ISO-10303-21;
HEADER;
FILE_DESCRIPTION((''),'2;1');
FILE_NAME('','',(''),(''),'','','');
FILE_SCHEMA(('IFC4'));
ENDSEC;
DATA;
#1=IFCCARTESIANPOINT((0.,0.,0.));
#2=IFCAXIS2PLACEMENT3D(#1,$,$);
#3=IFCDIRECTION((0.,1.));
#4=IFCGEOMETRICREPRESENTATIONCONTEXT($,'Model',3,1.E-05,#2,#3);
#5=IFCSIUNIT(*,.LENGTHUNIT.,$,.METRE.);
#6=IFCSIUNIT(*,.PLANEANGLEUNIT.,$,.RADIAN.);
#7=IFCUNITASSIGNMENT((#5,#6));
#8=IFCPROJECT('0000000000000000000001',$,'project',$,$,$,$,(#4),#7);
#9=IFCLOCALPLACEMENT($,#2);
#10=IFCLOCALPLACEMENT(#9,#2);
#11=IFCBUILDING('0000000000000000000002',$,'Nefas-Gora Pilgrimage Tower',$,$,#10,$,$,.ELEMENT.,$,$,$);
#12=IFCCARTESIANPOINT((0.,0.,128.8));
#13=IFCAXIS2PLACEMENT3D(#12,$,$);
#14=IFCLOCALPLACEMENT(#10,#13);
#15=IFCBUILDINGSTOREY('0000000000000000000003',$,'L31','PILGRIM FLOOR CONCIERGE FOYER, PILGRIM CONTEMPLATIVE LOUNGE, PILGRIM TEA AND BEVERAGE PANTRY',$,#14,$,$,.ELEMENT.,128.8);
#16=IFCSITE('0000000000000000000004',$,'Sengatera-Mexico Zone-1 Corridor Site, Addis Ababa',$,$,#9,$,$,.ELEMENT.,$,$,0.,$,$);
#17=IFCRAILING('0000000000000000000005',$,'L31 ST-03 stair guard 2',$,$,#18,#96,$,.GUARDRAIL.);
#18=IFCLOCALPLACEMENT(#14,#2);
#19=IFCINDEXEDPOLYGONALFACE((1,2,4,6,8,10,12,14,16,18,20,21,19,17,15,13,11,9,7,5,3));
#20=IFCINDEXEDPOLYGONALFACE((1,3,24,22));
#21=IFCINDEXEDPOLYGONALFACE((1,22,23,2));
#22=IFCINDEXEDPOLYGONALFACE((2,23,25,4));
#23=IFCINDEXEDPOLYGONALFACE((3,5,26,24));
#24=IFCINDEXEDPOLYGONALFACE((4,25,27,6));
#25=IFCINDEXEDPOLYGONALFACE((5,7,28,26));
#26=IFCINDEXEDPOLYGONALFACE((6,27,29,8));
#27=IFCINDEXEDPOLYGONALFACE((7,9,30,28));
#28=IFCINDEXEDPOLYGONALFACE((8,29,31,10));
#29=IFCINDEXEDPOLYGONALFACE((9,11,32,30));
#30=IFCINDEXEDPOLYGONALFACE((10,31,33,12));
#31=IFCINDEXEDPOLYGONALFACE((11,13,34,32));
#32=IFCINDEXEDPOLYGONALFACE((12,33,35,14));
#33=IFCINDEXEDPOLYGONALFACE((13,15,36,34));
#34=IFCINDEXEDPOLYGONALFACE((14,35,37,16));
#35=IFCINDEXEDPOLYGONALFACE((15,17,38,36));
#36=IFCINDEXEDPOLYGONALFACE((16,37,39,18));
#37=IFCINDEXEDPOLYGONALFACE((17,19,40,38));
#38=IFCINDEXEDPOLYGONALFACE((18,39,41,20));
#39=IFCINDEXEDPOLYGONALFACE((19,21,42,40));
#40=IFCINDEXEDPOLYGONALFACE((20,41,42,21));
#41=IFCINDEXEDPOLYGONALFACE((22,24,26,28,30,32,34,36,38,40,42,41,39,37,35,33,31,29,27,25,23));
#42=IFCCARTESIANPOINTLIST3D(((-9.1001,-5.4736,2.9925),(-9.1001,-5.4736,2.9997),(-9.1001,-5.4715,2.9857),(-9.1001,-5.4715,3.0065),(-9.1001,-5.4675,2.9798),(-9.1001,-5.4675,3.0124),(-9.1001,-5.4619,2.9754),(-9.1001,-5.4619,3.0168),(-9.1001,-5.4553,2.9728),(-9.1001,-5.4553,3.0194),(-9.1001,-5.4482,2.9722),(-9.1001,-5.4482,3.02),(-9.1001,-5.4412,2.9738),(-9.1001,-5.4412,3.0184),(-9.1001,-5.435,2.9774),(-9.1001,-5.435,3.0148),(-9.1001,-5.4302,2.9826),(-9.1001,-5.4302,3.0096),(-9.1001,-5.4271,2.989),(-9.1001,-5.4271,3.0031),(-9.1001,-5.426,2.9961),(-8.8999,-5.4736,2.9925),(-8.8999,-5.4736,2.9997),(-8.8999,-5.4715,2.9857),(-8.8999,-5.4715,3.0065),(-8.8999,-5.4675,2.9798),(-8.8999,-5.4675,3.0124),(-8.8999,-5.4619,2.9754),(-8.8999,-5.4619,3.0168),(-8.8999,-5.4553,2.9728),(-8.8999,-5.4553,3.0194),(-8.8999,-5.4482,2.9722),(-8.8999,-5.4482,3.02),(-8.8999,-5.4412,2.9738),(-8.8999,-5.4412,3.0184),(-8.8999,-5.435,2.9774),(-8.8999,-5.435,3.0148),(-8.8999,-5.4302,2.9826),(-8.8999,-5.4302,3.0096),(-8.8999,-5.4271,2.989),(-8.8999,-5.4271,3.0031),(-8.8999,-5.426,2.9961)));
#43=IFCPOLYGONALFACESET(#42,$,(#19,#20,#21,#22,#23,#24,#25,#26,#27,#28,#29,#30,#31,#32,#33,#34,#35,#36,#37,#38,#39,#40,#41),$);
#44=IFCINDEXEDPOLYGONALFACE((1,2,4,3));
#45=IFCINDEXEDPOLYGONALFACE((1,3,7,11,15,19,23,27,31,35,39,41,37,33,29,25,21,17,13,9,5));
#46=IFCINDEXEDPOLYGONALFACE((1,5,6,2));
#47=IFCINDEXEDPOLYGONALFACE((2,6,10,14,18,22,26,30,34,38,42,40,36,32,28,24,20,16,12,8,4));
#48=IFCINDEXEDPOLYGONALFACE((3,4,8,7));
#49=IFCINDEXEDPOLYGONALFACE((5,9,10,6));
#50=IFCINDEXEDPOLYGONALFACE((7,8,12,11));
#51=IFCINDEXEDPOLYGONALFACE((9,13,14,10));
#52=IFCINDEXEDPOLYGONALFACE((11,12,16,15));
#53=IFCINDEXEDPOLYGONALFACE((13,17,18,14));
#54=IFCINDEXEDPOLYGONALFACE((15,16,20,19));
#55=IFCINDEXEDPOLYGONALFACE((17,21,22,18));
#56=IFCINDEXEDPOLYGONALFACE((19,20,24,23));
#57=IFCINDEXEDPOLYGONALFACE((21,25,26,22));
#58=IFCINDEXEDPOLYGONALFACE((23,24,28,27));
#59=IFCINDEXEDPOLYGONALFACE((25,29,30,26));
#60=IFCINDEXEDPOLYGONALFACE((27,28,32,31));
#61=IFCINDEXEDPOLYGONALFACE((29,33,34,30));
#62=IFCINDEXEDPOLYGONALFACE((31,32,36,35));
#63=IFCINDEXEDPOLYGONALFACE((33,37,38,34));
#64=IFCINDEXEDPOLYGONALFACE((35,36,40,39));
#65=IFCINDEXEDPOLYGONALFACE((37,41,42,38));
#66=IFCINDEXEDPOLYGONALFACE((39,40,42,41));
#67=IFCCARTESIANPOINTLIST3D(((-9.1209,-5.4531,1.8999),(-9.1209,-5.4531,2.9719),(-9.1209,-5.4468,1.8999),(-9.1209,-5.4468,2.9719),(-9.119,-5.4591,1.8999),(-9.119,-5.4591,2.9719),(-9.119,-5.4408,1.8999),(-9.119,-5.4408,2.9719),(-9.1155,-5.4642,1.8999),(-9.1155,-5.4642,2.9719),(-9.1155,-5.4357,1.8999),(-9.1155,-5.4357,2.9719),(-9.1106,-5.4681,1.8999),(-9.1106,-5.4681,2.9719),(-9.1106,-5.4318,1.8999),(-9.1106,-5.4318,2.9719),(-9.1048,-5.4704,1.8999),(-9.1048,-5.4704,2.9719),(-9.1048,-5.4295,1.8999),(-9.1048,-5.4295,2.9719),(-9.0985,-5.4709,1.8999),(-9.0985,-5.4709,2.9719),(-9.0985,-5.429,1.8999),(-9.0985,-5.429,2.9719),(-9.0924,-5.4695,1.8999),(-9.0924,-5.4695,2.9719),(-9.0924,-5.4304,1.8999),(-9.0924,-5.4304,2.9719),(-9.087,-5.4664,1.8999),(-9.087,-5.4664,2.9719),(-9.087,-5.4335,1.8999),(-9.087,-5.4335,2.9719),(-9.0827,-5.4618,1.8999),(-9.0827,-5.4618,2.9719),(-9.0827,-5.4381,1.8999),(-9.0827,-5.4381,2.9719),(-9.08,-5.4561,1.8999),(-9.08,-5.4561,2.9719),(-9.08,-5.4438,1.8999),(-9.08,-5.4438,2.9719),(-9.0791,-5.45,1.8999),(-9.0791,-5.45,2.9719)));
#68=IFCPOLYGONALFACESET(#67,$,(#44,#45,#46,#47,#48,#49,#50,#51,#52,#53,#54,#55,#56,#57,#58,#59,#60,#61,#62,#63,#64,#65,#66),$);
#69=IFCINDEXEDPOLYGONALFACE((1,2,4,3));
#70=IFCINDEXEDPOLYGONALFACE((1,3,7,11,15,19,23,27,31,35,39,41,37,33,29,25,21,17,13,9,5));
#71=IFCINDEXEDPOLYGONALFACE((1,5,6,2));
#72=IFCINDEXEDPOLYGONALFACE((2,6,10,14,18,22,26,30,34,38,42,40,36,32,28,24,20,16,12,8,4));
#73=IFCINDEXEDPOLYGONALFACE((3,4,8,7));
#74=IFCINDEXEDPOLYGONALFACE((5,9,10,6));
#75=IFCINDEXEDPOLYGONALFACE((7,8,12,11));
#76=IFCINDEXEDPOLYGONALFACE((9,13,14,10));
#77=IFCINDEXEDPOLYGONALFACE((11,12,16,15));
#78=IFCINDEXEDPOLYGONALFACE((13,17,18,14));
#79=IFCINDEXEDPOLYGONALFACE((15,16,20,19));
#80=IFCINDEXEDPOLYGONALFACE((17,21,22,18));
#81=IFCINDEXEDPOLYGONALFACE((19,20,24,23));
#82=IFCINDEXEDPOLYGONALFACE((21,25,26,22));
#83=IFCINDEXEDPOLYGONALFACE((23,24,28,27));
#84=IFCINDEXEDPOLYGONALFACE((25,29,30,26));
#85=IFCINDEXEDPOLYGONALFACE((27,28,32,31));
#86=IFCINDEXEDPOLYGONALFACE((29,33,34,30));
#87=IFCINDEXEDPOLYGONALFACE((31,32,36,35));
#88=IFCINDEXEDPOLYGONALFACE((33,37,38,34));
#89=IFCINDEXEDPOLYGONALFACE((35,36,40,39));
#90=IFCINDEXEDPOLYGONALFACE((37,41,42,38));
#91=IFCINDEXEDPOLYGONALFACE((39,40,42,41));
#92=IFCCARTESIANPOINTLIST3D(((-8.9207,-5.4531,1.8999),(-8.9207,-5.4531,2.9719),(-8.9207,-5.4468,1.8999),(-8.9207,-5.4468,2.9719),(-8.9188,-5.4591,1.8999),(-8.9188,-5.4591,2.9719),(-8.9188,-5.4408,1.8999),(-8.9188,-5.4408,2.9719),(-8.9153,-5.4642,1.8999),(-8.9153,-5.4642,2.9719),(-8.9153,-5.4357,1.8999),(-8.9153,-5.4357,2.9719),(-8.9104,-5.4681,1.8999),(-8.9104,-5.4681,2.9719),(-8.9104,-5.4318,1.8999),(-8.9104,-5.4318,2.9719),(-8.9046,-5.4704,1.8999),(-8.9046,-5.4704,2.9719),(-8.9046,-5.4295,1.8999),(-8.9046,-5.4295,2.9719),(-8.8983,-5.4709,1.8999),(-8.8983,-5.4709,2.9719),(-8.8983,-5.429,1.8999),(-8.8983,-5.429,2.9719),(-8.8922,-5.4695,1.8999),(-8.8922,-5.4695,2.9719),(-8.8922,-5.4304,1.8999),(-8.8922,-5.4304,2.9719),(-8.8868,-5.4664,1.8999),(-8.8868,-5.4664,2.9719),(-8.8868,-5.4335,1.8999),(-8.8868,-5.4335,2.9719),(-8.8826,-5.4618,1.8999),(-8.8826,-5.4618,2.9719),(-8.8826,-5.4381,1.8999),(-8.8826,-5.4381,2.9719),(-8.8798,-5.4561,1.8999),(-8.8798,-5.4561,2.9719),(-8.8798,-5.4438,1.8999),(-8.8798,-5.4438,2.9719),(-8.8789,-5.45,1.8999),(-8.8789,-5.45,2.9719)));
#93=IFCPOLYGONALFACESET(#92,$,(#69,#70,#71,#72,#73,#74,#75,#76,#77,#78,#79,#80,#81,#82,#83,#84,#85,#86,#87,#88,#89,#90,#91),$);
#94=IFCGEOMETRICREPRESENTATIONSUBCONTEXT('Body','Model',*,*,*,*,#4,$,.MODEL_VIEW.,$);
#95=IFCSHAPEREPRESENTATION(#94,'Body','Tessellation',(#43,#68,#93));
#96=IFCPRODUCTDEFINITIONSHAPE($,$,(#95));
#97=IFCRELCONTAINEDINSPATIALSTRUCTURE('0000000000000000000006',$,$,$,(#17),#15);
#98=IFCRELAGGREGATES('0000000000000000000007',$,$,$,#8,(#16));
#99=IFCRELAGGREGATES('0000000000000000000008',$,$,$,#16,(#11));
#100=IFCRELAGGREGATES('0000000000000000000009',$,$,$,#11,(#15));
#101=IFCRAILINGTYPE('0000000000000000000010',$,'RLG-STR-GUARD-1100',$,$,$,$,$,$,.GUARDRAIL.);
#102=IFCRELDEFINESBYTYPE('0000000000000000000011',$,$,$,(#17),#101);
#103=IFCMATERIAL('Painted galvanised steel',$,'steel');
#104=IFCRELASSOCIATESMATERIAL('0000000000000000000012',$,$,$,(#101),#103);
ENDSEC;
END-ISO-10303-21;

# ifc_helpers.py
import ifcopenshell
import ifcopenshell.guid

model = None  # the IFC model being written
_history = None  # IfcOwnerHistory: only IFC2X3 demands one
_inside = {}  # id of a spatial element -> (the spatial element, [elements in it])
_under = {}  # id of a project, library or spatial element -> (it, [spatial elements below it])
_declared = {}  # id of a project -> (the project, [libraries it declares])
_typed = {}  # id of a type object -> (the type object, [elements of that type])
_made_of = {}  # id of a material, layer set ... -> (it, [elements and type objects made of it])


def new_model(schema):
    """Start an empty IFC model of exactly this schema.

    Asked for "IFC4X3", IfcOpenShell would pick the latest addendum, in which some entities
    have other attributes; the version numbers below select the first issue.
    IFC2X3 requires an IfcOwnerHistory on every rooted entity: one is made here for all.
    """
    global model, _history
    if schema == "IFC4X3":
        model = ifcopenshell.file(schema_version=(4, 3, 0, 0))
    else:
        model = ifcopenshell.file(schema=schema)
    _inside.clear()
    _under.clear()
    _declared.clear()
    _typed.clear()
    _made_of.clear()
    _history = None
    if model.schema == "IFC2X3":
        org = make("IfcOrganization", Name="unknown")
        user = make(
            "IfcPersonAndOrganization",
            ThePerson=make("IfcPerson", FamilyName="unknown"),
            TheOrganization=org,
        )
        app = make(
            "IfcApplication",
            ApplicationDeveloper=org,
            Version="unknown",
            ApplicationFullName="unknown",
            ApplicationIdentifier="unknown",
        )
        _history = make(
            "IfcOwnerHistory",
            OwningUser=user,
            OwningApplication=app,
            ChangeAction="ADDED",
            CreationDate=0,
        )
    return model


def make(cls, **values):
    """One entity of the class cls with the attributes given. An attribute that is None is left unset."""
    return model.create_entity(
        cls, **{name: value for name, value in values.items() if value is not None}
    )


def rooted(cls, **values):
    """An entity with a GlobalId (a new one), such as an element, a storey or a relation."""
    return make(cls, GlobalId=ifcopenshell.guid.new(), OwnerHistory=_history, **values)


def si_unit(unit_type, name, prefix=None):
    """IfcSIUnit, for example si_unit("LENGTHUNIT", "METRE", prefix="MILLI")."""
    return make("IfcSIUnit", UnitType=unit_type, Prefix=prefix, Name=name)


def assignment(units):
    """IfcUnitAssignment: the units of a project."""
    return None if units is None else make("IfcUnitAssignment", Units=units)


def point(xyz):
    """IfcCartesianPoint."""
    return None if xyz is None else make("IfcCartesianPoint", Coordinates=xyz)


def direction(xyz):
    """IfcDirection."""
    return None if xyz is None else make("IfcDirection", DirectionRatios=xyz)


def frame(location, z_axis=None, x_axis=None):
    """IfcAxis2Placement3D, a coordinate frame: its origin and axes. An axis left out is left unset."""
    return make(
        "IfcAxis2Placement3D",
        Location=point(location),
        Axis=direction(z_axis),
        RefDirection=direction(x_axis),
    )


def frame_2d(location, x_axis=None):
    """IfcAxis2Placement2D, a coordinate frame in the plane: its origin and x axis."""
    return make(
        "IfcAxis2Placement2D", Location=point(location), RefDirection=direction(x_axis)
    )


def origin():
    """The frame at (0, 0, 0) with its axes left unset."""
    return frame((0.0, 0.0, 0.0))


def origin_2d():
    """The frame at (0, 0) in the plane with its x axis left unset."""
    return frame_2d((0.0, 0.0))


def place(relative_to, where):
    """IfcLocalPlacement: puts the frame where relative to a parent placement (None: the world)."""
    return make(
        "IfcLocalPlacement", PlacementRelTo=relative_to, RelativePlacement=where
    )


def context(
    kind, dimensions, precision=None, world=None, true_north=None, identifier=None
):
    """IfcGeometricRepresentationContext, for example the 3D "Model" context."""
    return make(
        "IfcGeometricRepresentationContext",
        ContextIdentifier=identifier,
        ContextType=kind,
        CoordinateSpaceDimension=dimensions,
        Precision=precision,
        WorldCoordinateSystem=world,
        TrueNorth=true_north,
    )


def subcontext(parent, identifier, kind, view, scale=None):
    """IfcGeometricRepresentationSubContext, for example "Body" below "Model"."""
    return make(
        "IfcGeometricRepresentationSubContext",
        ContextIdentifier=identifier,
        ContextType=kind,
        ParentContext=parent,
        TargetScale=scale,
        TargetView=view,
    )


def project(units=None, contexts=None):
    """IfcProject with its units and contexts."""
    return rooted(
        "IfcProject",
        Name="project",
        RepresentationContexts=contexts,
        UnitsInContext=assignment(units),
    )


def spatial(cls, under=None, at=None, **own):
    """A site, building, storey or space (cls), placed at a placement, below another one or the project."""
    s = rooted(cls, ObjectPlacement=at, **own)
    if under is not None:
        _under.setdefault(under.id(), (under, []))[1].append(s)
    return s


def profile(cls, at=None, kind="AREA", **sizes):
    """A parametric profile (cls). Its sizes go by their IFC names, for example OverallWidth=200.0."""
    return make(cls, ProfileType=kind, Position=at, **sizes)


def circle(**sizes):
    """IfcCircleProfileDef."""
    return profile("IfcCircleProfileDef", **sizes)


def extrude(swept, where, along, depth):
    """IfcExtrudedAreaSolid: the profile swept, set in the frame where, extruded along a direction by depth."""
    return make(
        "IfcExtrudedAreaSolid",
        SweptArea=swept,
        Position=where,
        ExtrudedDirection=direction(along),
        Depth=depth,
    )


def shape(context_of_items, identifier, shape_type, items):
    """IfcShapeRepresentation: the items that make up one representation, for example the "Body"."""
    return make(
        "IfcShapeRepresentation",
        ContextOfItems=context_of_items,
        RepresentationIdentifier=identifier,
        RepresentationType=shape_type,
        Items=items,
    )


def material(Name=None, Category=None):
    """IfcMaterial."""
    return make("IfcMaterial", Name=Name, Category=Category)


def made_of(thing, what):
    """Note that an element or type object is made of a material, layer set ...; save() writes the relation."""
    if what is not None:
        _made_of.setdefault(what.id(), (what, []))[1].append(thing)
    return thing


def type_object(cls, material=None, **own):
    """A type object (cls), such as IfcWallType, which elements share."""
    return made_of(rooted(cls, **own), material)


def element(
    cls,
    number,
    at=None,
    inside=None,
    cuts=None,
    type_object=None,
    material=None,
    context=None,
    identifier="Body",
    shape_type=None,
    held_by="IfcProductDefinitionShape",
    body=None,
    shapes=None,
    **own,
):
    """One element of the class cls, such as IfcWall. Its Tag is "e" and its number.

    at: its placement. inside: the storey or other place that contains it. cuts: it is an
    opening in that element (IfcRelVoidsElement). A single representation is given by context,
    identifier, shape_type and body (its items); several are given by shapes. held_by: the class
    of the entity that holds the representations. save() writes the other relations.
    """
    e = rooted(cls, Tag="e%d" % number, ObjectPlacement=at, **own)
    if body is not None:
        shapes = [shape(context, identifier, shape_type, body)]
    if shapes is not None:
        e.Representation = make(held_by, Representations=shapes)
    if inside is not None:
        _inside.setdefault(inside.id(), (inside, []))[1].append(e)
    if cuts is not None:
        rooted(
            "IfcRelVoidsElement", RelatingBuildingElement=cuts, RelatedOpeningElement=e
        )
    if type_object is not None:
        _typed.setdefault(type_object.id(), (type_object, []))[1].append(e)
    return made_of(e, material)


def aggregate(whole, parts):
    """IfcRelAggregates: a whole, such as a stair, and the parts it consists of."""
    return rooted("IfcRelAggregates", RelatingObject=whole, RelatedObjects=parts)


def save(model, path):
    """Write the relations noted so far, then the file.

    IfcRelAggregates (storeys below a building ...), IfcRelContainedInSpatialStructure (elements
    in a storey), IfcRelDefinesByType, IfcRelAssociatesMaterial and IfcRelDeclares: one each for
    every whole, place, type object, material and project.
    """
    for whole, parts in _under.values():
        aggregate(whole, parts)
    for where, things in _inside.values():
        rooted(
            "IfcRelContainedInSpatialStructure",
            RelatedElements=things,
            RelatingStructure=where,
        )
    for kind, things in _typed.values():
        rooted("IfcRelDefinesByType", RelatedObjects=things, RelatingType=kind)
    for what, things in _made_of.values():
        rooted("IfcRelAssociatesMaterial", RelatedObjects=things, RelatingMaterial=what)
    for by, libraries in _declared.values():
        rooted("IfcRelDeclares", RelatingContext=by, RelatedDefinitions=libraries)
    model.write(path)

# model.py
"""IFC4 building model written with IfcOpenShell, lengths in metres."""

from ifc_helpers import new_model, si_unit, direction, frame, origin, origin_2d, place, context, subcontext, project, spatial, circle, extrude, material, type_object, element, save


model = new_model("IFC4")

# Units and contexts
model_context = context("Model", 3, precision=1e-05, world=origin(), true_north=direction((0.0, 1.0)))
body_context = subcontext(model_context, "Body", "Model", "MODEL_VIEW")
ifc_project = project(units=[si_unit("LENGTHUNIT", "METRE"), si_unit("PLANEANGLEUNIT", "RADIAN")], contexts=[model_context])

# Site, building, storey
site_placement = place(None, origin())
site = spatial("IfcSite", under=ifc_project, at=site_placement, Name="Sengatera-Mexico Zone-1 Corridor Site, Addis Ababa", CompositionType="ELEMENT", RefElevation=0.0)
building_placement = place(site_placement, origin())
building = spatial("IfcBuilding", under=site, at=building_placement, Name="Nefas-Gora Pilgrimage Tower", CompositionType="ELEMENT")
storey_placement = place(building_placement, frame((0.0, 0.0, 128.8)))
storey = spatial("IfcBuildingStorey", under=building, at=storey_placement, Name="L31", Description="PILGRIM FLOOR CONCIERGE FOYER, PILGRIM CONTEMPLATIVE LOUNGE, PILGRIM TEA AND BEVERAGE PANTRY", CompositionType="ELEMENT", Elevation=128.8)

# Railing
ifc_material_1 = material(Name="Painted galvanised steel", Category="steel")
railing_type_1 = type_object("IfcRailingType", Name="RLG-STR-GUARD-1100", PredefinedType="GUARDRAIL", material=ifc_material_1)
railing_1_placement = place(storey_placement, frame((-9.1001, -5.45, 1.8999)))
element("IfcRailing", 1, at=railing_1_placement, inside=storey, type_object=railing_type_1, Name="L31 ST-03 stair guard 2", PredefinedType="GUARDRAIL", context=body_context, shape_type="SweptSolid", body=[
    extrude(circle(Radius=0.0239, at=origin_2d()), frame((0.0, 0.0, 1.0962), z_axis=(1.0, 0.0, 0.0), x_axis=(0.0, 1.0, 0.0)), (0.0, 0.0, 1.0), 0.2002),
    extrude(circle(Radius=0.021, at=origin_2d()), origin(), (0.0, 0.0, 1.0), 1.072),
    extrude(circle(Radius=0.021, at=origin_2d()), frame((0.2002, 0.0, 0.0)), (0.0, 0.0, 1.0), 1.072),
])

save(model, "model.ifc")
